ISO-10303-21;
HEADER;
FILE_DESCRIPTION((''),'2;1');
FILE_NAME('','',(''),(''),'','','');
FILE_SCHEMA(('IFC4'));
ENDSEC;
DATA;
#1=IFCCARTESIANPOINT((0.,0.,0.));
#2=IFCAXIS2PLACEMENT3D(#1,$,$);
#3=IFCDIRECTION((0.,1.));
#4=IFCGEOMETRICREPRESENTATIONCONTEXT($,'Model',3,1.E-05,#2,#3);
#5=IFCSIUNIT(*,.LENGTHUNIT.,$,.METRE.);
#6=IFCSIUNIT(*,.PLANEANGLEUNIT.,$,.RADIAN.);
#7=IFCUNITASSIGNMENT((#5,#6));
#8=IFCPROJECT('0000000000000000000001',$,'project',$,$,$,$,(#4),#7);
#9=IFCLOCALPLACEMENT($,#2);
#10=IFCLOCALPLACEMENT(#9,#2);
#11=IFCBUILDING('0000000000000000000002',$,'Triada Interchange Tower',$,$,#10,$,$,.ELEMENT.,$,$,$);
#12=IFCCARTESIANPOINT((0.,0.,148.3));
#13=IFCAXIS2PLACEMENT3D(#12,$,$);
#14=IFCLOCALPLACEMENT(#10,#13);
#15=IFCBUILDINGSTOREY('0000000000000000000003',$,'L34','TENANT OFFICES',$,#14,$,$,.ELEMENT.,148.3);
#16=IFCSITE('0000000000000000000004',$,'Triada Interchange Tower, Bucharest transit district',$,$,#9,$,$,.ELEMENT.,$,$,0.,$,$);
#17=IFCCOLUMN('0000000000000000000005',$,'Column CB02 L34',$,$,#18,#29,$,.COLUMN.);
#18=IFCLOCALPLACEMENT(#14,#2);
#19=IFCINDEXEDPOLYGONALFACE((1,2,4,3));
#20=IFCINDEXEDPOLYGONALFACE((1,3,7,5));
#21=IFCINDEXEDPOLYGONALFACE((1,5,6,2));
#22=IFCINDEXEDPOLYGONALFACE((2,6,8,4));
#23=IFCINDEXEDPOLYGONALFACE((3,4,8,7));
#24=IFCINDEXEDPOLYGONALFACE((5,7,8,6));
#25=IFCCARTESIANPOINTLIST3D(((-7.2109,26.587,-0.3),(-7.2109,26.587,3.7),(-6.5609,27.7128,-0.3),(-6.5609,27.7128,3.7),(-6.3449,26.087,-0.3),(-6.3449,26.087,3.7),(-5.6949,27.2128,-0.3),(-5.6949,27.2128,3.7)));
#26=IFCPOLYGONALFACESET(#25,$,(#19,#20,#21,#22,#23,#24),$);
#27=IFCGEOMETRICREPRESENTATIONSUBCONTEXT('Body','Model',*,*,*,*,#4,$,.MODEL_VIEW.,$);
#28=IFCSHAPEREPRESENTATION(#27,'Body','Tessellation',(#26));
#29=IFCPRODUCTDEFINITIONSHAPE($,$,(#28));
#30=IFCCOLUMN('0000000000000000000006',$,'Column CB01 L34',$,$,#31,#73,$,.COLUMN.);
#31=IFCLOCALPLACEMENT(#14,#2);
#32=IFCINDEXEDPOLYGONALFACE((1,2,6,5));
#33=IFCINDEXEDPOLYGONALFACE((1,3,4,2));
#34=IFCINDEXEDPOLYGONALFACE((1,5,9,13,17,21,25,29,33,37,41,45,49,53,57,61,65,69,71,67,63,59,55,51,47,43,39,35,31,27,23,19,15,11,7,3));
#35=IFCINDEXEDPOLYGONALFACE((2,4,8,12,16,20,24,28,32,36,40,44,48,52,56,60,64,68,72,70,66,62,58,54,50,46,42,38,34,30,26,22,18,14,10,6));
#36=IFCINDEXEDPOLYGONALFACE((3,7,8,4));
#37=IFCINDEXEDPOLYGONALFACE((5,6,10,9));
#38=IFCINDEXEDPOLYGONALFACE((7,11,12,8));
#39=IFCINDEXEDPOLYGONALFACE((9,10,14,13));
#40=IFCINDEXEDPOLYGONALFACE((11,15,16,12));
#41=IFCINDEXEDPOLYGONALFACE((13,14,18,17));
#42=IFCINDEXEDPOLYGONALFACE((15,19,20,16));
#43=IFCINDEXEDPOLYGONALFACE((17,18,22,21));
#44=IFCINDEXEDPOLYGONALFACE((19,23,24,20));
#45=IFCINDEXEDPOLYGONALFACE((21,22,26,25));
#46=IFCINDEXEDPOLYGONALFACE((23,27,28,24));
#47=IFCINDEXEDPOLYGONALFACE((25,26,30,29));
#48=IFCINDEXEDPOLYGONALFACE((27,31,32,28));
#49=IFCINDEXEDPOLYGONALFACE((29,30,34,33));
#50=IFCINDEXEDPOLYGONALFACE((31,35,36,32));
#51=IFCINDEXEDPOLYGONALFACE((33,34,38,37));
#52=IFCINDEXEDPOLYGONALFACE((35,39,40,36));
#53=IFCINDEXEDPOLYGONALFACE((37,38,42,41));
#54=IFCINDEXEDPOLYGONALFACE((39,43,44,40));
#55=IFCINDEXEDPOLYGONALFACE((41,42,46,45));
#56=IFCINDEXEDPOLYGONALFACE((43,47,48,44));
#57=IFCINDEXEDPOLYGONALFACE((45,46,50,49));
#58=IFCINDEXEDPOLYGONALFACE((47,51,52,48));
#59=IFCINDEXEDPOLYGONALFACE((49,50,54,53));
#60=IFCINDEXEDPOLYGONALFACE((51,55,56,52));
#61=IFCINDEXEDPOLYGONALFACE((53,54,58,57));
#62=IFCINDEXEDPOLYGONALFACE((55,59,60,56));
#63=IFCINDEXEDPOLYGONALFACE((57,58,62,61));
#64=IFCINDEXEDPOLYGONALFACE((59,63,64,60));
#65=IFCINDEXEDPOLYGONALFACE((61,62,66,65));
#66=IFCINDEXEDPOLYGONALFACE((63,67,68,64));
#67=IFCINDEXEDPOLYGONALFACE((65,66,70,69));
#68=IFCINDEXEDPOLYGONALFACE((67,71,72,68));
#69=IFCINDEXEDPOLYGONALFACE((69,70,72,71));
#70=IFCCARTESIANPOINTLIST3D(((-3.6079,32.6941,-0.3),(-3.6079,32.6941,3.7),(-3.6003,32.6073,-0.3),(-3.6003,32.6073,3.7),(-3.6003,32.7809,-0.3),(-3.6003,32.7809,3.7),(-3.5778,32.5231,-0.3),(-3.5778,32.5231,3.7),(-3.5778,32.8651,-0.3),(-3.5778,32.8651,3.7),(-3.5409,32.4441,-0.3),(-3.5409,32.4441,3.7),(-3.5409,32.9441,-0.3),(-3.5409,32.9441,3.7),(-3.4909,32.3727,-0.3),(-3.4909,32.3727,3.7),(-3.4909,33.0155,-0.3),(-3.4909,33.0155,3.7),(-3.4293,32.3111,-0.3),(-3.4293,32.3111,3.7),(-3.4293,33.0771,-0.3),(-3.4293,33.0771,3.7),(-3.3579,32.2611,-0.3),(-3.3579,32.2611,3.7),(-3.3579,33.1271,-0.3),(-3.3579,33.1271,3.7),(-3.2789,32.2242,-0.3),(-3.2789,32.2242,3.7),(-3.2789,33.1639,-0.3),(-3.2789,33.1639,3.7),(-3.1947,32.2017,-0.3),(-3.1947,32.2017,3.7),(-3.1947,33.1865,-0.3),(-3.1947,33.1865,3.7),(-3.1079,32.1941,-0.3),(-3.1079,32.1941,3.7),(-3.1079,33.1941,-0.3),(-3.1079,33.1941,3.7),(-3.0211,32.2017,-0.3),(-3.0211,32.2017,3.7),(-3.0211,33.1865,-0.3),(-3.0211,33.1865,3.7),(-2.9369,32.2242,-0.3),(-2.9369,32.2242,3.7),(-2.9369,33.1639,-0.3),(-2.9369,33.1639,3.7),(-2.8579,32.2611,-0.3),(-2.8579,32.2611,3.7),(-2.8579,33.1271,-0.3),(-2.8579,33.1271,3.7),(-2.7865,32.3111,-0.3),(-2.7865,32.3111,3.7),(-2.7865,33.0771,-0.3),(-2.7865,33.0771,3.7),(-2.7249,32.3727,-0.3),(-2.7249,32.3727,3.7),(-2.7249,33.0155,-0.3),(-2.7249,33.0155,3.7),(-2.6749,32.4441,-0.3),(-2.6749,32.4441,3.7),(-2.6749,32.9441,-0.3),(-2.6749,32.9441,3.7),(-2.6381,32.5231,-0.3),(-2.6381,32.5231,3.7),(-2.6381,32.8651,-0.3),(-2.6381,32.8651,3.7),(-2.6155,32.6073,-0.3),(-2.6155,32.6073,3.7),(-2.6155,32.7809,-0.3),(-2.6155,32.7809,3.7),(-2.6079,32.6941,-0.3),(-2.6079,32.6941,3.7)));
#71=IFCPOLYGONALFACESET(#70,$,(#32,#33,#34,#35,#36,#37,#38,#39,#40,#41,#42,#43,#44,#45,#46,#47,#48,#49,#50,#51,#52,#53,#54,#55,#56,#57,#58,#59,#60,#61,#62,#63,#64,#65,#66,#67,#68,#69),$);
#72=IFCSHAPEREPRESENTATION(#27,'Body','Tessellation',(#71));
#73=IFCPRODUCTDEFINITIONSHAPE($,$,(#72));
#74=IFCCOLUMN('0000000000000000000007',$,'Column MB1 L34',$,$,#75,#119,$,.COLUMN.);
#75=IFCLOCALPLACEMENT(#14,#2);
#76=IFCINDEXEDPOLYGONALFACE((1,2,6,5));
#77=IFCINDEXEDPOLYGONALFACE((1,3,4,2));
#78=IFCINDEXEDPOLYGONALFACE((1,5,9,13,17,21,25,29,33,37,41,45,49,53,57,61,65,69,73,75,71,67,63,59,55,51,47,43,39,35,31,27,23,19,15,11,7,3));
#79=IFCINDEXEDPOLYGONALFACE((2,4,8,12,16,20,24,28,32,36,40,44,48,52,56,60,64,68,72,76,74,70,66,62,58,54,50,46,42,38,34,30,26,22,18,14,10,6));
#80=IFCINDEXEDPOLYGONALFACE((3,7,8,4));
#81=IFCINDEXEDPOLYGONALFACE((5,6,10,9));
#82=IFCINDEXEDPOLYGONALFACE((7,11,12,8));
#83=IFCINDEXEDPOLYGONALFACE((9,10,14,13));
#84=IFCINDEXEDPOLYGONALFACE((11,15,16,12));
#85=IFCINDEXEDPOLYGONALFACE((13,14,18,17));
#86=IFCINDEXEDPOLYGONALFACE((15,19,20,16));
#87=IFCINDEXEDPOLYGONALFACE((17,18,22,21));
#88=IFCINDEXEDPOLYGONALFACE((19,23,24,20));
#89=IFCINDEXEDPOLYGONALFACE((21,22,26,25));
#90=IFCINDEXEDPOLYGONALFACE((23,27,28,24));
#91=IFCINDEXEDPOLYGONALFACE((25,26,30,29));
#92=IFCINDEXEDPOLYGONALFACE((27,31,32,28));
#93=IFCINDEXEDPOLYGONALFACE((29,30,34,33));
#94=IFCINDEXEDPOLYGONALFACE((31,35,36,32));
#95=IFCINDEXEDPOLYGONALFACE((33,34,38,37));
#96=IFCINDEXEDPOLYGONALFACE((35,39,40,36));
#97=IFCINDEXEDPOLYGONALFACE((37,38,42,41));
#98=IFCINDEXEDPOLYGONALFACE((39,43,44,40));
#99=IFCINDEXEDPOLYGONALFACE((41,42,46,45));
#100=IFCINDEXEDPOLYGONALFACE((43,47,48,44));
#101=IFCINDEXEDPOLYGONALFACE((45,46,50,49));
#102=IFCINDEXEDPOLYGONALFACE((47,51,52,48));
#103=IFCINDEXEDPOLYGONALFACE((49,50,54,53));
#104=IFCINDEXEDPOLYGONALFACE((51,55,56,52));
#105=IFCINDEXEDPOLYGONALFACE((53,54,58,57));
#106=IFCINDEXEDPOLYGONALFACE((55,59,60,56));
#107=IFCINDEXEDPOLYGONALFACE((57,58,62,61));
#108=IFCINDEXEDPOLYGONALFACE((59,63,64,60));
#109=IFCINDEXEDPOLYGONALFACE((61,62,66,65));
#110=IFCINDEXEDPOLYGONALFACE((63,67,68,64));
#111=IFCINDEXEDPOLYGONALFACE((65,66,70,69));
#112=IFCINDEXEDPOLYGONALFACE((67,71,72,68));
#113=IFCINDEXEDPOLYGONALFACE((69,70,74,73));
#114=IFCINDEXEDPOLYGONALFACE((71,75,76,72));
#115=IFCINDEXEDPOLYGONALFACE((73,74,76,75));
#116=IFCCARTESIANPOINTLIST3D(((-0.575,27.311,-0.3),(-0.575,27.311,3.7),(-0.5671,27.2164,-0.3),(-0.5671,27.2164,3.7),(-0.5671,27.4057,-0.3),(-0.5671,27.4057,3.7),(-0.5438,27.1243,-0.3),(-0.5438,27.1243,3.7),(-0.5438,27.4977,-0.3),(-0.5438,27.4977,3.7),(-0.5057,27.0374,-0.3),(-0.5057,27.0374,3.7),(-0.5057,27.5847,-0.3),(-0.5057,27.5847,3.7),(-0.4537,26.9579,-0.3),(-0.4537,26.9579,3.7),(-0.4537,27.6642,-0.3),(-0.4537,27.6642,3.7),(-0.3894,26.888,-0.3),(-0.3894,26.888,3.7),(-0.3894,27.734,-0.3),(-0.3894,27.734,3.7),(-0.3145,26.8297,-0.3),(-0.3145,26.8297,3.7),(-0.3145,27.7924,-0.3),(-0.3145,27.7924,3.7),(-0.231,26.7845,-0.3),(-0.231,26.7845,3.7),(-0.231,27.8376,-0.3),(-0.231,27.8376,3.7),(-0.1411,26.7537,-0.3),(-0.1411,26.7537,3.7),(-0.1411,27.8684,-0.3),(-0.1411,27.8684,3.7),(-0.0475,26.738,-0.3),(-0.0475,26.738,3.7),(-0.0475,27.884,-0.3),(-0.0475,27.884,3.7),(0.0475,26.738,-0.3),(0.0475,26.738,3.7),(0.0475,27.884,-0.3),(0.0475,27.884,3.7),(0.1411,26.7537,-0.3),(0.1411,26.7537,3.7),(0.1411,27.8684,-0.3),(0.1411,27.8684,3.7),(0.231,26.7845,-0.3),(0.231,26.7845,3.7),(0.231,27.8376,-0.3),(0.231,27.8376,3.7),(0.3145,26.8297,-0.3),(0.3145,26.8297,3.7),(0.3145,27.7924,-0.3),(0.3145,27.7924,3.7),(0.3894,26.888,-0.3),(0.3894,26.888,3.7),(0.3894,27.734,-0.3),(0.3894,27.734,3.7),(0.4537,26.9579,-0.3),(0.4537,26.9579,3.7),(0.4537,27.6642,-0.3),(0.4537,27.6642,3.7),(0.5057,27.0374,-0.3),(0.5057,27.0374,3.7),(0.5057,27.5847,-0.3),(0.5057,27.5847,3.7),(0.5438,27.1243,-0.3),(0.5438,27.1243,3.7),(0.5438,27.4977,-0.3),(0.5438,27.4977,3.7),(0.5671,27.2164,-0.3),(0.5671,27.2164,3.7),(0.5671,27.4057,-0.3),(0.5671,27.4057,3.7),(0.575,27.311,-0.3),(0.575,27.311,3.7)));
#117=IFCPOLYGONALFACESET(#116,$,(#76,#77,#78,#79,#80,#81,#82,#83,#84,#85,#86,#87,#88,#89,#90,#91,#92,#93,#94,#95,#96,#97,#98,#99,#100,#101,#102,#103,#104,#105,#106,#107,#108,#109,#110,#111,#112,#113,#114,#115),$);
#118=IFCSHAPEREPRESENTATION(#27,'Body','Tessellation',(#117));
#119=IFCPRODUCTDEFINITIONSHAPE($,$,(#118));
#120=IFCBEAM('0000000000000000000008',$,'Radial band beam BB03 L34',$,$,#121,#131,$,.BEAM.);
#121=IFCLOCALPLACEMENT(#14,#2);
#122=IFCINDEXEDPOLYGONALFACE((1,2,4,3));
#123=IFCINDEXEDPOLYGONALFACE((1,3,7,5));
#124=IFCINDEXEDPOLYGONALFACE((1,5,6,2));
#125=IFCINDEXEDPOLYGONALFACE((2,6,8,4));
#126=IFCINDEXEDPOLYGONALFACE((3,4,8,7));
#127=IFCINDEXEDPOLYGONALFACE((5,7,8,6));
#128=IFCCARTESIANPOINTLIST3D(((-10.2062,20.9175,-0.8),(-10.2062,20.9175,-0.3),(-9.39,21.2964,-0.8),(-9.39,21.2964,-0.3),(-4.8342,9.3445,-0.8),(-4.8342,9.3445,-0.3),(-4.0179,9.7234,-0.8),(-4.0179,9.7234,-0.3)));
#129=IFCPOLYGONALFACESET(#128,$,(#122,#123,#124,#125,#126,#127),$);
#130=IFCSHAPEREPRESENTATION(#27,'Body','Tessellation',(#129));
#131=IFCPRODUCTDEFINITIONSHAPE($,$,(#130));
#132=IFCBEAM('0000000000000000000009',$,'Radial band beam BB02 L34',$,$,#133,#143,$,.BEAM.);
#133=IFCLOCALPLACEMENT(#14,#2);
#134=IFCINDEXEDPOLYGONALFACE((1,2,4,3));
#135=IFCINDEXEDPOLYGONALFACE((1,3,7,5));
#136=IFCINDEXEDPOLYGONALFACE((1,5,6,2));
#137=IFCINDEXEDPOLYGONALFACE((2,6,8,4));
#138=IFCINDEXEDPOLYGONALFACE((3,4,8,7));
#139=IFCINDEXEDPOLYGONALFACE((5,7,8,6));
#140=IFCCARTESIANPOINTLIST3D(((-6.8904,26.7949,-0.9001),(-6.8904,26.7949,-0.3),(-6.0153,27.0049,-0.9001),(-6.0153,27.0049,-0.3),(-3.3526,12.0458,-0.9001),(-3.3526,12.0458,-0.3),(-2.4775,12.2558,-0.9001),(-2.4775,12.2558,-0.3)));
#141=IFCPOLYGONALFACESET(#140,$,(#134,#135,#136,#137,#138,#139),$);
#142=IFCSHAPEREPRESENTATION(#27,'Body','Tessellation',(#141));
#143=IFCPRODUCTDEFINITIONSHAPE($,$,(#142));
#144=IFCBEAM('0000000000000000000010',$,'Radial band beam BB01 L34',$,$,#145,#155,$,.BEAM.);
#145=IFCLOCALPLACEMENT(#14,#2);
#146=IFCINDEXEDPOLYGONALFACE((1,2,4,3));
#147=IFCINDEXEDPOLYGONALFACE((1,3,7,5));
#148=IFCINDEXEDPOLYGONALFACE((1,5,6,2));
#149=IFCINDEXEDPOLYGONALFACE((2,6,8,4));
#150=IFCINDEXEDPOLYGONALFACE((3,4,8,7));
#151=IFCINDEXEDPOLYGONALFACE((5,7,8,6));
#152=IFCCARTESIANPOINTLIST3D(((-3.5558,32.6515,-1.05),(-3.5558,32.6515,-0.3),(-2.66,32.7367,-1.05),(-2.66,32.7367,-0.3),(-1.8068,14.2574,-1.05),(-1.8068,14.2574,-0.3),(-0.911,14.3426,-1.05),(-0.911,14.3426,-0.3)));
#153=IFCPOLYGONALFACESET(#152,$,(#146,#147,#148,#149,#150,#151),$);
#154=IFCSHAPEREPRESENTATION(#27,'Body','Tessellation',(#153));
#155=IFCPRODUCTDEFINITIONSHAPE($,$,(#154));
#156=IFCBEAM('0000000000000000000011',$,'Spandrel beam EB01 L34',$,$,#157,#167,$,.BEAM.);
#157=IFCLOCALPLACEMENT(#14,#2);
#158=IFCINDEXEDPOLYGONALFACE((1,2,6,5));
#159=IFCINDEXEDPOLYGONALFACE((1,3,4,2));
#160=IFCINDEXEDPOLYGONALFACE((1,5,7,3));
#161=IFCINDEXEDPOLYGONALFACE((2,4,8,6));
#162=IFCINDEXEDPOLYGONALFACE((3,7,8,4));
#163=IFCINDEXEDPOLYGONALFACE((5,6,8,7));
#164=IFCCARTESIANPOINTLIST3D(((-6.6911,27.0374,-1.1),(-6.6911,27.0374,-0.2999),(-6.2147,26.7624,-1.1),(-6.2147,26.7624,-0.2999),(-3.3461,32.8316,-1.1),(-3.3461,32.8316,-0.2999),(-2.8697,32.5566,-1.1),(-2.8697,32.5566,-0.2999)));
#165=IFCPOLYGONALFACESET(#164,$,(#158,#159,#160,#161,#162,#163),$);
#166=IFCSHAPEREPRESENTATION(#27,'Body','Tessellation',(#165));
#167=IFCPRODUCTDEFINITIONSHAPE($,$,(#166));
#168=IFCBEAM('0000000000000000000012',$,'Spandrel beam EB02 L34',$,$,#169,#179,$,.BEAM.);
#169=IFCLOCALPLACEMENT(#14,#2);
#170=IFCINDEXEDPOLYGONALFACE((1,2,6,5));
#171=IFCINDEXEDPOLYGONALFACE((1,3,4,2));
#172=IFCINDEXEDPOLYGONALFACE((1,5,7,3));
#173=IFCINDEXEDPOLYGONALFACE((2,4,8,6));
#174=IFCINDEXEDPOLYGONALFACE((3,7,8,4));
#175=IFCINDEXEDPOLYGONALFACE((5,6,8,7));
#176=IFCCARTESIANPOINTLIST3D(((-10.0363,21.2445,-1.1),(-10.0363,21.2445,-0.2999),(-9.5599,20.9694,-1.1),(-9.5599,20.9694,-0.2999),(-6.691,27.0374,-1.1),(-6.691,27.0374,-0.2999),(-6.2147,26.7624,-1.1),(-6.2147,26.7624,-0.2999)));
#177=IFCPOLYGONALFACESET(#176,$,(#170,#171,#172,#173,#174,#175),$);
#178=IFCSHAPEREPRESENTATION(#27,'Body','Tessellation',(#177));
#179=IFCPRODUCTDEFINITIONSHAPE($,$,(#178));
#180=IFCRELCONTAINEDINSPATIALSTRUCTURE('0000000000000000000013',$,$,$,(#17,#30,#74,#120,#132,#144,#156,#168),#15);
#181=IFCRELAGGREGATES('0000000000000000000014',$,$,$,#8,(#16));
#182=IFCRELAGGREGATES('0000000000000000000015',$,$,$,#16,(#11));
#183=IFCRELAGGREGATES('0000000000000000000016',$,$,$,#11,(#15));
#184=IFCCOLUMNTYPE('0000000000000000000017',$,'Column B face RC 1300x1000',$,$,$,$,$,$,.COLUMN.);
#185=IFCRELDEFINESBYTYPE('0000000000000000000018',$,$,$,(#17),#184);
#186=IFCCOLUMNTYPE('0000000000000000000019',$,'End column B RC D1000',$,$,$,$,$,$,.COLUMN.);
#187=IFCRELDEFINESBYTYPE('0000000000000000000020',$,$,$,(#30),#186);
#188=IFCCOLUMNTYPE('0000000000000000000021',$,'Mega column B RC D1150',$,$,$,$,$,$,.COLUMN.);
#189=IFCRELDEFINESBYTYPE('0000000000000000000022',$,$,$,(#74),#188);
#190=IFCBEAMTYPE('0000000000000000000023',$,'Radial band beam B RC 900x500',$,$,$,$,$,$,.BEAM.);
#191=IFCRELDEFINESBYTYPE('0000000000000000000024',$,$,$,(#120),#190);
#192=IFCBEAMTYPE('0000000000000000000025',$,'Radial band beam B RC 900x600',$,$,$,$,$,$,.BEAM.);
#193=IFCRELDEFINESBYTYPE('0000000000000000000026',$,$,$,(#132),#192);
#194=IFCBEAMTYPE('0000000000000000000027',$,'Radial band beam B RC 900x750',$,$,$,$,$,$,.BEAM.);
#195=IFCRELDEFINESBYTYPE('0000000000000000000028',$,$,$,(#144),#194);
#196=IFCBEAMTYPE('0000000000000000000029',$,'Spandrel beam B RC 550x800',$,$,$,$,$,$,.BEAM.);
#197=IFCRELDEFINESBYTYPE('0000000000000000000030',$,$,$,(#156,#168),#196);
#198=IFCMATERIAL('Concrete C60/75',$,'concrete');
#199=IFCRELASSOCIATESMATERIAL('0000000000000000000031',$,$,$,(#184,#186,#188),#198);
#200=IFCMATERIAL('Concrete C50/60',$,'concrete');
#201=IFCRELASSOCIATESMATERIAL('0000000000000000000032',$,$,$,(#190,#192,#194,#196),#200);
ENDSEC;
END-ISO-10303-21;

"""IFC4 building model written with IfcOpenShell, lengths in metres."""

from ifc_helpers import new_model, si_unit, direction, frame, origin, origin_2d, place, context, subcontext, project, spatial, rectangle, circle, extrude, material, material_profile, profile_set, type_object, element, save


model = new_model("IFC4")

# Units and contexts
model_context = context("Model", 3, precision=1e-05, world=origin(), true_north=direction((0.0, 1.0)))
body_context = subcontext(model_context, "Body", "Model", "MODEL_VIEW")
ifc_project = project(units=[si_unit("LENGTHUNIT", "METRE"), si_unit("PLANEANGLEUNIT", "RADIAN")], contexts=[model_context])

# Site, building, storey
site_placement = place(None, origin())
site = spatial("IfcSite", under=ifc_project, at=site_placement, Name="Triada Interchange Tower, Bucharest transit district", CompositionType="ELEMENT", RefElevation=0.0)
building_placement = place(site_placement, origin())
building = spatial("IfcBuilding", under=site, at=building_placement, Name="Triada Interchange Tower", CompositionType="ELEMENT")
storey_placement = place(building_placement, frame((0.0, 0.0, 148.3)))
storey = spatial("IfcBuildingStorey", under=building, at=storey_placement, Name="L34", Description="TENANT OFFICES", CompositionType="ELEMENT", Elevation=148.3)

# Columns
ifc_material_1 = material(Name="Concrete C60/75", Category="concrete")
ifc_material_profile_1 = material_profile(ifc_material_1, rectangle(XDim=1.3, YDim=1.0, at=origin_2d()), Name="RC 1300x1000")
ifc_profile_set_1 = profile_set([ifc_material_profile_1], Name="Concrete C60/75")
column_type_1 = type_object("IfcColumnType", Name="Column B face RC 1300x1000", PredefinedType="COLUMN", material=ifc_profile_set_1)
column_1_placement = place(storey_placement, frame((-6.4529, 26.8999, -0.3), z_axis=(0.0, 0.0, 1.0), x_axis=(0.5, 0.866025, 0.0)))
element("IfcColumn", 1, at=column_1_placement, inside=storey, type_object=column_type_1, Name="Column CB02 L34", PredefinedType="COLUMN", context=body_context, shape_type="SweptSolid", body=[
    extrude(rectangle(XDim=1.3, YDim=1.0, at=origin_2d()), origin(), (0.0, 0.0, 1.0), 4.0),
])
ifc_material_profile_2 = material_profile(ifc_material_1, circle(Radius=0.5, at=origin_2d()), Name="RC D1000")
ifc_profile_set_2 = profile_set([ifc_material_profile_2], Name="Concrete C60/75")
column_type_2 = type_object("IfcColumnType", Name="End column B RC D1000", PredefinedType="COLUMN", material=ifc_profile_set_2)
column_2_placement = place(storey_placement, frame((-3.1079, 32.6941, -0.3), z_axis=(0.0, 0.0, 1.0), x_axis=(0.5, 0.866025, 0.0)))
element("IfcColumn", 2, at=column_2_placement, inside=storey, type_object=column_type_2, Name="Column CB01 L34", PredefinedType="COLUMN", context=body_context, shape_type="SweptSolid", body=[
    extrude(circle(Radius=0.5, at=origin_2d()), origin(), (0.0, 0.0, 1.0), 4.0),
])
ifc_material_profile_3 = material_profile(ifc_material_1, circle(Radius=0.575, at=origin_2d()), Name="RC D1150")
ifc_profile_set_3 = profile_set([ifc_material_profile_3], Name="Concrete C60/75")
column_type_3 = type_object("IfcColumnType", Name="Mega column B RC D1150", PredefinedType="COLUMN", material=ifc_profile_set_3)
column_3_placement = place(storey_placement, frame((0.0, 27.311, -0.3), z_axis=(0.0, 0.0, 1.0), x_axis=(1.0, 0.0, 0.0)))
element("IfcColumn", 3, at=column_3_placement, inside=storey, type_object=column_type_3, Name="Column MB1 L34", PredefinedType="COLUMN", context=body_context, shape_type="SweptSolid", body=[
    extrude(circle(Radius=0.575, at=origin_2d()), origin(), (0.0, 0.0, 1.0), 4.0),
])

# Beams
ifc_material_2 = material(Name="Concrete C50/60", Category="concrete")
ifc_material_profile_4 = material_profile(ifc_material_2, rectangle(XDim=0.8999, YDim=0.5, at=origin_2d()), Name="RC 900x500")
ifc_profile_set_4 = profile_set([ifc_material_profile_4], Name="Concrete C50/60")
beam_type_1 = type_object("IfcBeamType", Name="Radial band beam B RC 900x500", PredefinedType="BEAM", material=ifc_profile_set_4)
beam_1_placement = place(storey_placement, frame((-9.7981, 21.1069, -0.55), z_axis=(0.42104, -0.907042, 0.0), x_axis=(0.907042, 0.42104, 0.0)))
element("IfcBeam", 4, at=beam_1_placement, inside=storey, type_object=beam_type_1, Name="Radial band beam BB03 L34", PredefinedType="BEAM", context=body_context, shape_type="SweptSolid", body=[
    extrude(rectangle(XDim=0.8999, YDim=0.5, at=origin_2d()), origin(), (0.0, 0.0, 1.0), 12.759),
])
ifc_material_profile_5 = material_profile(ifc_material_2, rectangle(XDim=0.8999, YDim=0.6001, at=origin_2d()), Name="RC 900x600")
ifc_profile_set_5 = profile_set([ifc_material_profile_5], Name="Concrete C50/60")
beam_type_2 = type_object("IfcBeamType", Name="Radial band beam B RC 900x600", PredefinedType="BEAM", material=ifc_profile_set_5)
beam_2_placement = place(storey_placement, frame((-6.4529, 26.8999, -0.6001), z_axis=(0.233253, -0.972416, 0.0), x_axis=(0.972416, 0.233253, 0.0)))
element("IfcBeam", 5, at=beam_2_placement, inside=storey, type_object=beam_type_2, Name="Radial band beam BB02 L34", PredefinedType="BEAM", context=body_context, shape_type="SweptSolid", body=[
    extrude(rectangle(XDim=0.8999, YDim=0.6001, at=origin_2d()), origin(), (0.0, 0.0, 1.0), 15.1675),
])
ifc_material_profile_6 = material_profile(ifc_material_2, rectangle(XDim=0.8999, YDim=0.75, at=origin_2d()), Name="RC 900x750")
ifc_profile_set_6 = profile_set([ifc_material_profile_6], Name="Concrete C50/60")
beam_type_3 = type_object("IfcBeamType", Name="Radial band beam B RC 900x750", PredefinedType="BEAM", material=ifc_profile_set_6)
beam_3_placement = place(storey_placement, frame((-3.1079, 32.6941, -0.675), z_axis=(0.094659, -0.99551, 0.0), x_axis=(0.99551, 0.094659, 0.0)))
element("IfcBeam", 6, at=beam_3_placement, inside=storey, type_object=beam_type_3, Name="Radial band beam BB01 L34", PredefinedType="BEAM", context=body_context, shape_type="SweptSolid", body=[
    extrude(rectangle(XDim=0.8999, YDim=0.75, at=origin_2d()), origin(), (0.0, 0.0, 1.0), 18.4771),
])
ifc_material_profile_7 = material_profile(ifc_material_2, rectangle(XDim=0.55, YDim=0.8, at=origin_2d()), Name="RC 550x800")
ifc_profile_set_7 = profile_set([ifc_material_profile_7], Name="Concrete C50/60")
beam_type_4 = type_object("IfcBeamType", Name="Spandrel beam B RC 550x800", PredefinedType="BEAM", material=ifc_profile_set_7)
beam_4_placement = place(storey_placement, frame((-3.1079, 32.6941, -0.7), z_axis=(-0.499966, -0.866045, 0.0), x_axis=(0.866045, -0.499966, 0.0)))
element("IfcBeam", 7, at=beam_4_placement, inside=storey, type_object=beam_type_4, Name="Spandrel beam EB01 L34", PredefinedType="BEAM", context=body_context, shape_type="SweptSolid", body=[
    extrude(rectangle(XDim=0.55, YDim=0.8, at=origin_2d()), origin(), (0.0, 0.0, 1.0), 6.6904),
])
beam_5_placement = place(storey_placement, frame((-6.4529, 26.8999, -0.7), z_axis=(-0.500072, -0.865984, 0.0), x_axis=(0.865984, -0.500072, 0.0)))
element("IfcBeam", 8, at=beam_5_placement, inside=storey, type_object=beam_type_4, Name="Spandrel beam EB02 L34", PredefinedType="BEAM", context=body_context, shape_type="SweptSolid", body=[
    extrude(rectangle(XDim=0.55, YDim=0.8, at=origin_2d()), origin(), (0.0, 0.0, 1.0), 6.6895),
])

save(model, "model.ifc")
